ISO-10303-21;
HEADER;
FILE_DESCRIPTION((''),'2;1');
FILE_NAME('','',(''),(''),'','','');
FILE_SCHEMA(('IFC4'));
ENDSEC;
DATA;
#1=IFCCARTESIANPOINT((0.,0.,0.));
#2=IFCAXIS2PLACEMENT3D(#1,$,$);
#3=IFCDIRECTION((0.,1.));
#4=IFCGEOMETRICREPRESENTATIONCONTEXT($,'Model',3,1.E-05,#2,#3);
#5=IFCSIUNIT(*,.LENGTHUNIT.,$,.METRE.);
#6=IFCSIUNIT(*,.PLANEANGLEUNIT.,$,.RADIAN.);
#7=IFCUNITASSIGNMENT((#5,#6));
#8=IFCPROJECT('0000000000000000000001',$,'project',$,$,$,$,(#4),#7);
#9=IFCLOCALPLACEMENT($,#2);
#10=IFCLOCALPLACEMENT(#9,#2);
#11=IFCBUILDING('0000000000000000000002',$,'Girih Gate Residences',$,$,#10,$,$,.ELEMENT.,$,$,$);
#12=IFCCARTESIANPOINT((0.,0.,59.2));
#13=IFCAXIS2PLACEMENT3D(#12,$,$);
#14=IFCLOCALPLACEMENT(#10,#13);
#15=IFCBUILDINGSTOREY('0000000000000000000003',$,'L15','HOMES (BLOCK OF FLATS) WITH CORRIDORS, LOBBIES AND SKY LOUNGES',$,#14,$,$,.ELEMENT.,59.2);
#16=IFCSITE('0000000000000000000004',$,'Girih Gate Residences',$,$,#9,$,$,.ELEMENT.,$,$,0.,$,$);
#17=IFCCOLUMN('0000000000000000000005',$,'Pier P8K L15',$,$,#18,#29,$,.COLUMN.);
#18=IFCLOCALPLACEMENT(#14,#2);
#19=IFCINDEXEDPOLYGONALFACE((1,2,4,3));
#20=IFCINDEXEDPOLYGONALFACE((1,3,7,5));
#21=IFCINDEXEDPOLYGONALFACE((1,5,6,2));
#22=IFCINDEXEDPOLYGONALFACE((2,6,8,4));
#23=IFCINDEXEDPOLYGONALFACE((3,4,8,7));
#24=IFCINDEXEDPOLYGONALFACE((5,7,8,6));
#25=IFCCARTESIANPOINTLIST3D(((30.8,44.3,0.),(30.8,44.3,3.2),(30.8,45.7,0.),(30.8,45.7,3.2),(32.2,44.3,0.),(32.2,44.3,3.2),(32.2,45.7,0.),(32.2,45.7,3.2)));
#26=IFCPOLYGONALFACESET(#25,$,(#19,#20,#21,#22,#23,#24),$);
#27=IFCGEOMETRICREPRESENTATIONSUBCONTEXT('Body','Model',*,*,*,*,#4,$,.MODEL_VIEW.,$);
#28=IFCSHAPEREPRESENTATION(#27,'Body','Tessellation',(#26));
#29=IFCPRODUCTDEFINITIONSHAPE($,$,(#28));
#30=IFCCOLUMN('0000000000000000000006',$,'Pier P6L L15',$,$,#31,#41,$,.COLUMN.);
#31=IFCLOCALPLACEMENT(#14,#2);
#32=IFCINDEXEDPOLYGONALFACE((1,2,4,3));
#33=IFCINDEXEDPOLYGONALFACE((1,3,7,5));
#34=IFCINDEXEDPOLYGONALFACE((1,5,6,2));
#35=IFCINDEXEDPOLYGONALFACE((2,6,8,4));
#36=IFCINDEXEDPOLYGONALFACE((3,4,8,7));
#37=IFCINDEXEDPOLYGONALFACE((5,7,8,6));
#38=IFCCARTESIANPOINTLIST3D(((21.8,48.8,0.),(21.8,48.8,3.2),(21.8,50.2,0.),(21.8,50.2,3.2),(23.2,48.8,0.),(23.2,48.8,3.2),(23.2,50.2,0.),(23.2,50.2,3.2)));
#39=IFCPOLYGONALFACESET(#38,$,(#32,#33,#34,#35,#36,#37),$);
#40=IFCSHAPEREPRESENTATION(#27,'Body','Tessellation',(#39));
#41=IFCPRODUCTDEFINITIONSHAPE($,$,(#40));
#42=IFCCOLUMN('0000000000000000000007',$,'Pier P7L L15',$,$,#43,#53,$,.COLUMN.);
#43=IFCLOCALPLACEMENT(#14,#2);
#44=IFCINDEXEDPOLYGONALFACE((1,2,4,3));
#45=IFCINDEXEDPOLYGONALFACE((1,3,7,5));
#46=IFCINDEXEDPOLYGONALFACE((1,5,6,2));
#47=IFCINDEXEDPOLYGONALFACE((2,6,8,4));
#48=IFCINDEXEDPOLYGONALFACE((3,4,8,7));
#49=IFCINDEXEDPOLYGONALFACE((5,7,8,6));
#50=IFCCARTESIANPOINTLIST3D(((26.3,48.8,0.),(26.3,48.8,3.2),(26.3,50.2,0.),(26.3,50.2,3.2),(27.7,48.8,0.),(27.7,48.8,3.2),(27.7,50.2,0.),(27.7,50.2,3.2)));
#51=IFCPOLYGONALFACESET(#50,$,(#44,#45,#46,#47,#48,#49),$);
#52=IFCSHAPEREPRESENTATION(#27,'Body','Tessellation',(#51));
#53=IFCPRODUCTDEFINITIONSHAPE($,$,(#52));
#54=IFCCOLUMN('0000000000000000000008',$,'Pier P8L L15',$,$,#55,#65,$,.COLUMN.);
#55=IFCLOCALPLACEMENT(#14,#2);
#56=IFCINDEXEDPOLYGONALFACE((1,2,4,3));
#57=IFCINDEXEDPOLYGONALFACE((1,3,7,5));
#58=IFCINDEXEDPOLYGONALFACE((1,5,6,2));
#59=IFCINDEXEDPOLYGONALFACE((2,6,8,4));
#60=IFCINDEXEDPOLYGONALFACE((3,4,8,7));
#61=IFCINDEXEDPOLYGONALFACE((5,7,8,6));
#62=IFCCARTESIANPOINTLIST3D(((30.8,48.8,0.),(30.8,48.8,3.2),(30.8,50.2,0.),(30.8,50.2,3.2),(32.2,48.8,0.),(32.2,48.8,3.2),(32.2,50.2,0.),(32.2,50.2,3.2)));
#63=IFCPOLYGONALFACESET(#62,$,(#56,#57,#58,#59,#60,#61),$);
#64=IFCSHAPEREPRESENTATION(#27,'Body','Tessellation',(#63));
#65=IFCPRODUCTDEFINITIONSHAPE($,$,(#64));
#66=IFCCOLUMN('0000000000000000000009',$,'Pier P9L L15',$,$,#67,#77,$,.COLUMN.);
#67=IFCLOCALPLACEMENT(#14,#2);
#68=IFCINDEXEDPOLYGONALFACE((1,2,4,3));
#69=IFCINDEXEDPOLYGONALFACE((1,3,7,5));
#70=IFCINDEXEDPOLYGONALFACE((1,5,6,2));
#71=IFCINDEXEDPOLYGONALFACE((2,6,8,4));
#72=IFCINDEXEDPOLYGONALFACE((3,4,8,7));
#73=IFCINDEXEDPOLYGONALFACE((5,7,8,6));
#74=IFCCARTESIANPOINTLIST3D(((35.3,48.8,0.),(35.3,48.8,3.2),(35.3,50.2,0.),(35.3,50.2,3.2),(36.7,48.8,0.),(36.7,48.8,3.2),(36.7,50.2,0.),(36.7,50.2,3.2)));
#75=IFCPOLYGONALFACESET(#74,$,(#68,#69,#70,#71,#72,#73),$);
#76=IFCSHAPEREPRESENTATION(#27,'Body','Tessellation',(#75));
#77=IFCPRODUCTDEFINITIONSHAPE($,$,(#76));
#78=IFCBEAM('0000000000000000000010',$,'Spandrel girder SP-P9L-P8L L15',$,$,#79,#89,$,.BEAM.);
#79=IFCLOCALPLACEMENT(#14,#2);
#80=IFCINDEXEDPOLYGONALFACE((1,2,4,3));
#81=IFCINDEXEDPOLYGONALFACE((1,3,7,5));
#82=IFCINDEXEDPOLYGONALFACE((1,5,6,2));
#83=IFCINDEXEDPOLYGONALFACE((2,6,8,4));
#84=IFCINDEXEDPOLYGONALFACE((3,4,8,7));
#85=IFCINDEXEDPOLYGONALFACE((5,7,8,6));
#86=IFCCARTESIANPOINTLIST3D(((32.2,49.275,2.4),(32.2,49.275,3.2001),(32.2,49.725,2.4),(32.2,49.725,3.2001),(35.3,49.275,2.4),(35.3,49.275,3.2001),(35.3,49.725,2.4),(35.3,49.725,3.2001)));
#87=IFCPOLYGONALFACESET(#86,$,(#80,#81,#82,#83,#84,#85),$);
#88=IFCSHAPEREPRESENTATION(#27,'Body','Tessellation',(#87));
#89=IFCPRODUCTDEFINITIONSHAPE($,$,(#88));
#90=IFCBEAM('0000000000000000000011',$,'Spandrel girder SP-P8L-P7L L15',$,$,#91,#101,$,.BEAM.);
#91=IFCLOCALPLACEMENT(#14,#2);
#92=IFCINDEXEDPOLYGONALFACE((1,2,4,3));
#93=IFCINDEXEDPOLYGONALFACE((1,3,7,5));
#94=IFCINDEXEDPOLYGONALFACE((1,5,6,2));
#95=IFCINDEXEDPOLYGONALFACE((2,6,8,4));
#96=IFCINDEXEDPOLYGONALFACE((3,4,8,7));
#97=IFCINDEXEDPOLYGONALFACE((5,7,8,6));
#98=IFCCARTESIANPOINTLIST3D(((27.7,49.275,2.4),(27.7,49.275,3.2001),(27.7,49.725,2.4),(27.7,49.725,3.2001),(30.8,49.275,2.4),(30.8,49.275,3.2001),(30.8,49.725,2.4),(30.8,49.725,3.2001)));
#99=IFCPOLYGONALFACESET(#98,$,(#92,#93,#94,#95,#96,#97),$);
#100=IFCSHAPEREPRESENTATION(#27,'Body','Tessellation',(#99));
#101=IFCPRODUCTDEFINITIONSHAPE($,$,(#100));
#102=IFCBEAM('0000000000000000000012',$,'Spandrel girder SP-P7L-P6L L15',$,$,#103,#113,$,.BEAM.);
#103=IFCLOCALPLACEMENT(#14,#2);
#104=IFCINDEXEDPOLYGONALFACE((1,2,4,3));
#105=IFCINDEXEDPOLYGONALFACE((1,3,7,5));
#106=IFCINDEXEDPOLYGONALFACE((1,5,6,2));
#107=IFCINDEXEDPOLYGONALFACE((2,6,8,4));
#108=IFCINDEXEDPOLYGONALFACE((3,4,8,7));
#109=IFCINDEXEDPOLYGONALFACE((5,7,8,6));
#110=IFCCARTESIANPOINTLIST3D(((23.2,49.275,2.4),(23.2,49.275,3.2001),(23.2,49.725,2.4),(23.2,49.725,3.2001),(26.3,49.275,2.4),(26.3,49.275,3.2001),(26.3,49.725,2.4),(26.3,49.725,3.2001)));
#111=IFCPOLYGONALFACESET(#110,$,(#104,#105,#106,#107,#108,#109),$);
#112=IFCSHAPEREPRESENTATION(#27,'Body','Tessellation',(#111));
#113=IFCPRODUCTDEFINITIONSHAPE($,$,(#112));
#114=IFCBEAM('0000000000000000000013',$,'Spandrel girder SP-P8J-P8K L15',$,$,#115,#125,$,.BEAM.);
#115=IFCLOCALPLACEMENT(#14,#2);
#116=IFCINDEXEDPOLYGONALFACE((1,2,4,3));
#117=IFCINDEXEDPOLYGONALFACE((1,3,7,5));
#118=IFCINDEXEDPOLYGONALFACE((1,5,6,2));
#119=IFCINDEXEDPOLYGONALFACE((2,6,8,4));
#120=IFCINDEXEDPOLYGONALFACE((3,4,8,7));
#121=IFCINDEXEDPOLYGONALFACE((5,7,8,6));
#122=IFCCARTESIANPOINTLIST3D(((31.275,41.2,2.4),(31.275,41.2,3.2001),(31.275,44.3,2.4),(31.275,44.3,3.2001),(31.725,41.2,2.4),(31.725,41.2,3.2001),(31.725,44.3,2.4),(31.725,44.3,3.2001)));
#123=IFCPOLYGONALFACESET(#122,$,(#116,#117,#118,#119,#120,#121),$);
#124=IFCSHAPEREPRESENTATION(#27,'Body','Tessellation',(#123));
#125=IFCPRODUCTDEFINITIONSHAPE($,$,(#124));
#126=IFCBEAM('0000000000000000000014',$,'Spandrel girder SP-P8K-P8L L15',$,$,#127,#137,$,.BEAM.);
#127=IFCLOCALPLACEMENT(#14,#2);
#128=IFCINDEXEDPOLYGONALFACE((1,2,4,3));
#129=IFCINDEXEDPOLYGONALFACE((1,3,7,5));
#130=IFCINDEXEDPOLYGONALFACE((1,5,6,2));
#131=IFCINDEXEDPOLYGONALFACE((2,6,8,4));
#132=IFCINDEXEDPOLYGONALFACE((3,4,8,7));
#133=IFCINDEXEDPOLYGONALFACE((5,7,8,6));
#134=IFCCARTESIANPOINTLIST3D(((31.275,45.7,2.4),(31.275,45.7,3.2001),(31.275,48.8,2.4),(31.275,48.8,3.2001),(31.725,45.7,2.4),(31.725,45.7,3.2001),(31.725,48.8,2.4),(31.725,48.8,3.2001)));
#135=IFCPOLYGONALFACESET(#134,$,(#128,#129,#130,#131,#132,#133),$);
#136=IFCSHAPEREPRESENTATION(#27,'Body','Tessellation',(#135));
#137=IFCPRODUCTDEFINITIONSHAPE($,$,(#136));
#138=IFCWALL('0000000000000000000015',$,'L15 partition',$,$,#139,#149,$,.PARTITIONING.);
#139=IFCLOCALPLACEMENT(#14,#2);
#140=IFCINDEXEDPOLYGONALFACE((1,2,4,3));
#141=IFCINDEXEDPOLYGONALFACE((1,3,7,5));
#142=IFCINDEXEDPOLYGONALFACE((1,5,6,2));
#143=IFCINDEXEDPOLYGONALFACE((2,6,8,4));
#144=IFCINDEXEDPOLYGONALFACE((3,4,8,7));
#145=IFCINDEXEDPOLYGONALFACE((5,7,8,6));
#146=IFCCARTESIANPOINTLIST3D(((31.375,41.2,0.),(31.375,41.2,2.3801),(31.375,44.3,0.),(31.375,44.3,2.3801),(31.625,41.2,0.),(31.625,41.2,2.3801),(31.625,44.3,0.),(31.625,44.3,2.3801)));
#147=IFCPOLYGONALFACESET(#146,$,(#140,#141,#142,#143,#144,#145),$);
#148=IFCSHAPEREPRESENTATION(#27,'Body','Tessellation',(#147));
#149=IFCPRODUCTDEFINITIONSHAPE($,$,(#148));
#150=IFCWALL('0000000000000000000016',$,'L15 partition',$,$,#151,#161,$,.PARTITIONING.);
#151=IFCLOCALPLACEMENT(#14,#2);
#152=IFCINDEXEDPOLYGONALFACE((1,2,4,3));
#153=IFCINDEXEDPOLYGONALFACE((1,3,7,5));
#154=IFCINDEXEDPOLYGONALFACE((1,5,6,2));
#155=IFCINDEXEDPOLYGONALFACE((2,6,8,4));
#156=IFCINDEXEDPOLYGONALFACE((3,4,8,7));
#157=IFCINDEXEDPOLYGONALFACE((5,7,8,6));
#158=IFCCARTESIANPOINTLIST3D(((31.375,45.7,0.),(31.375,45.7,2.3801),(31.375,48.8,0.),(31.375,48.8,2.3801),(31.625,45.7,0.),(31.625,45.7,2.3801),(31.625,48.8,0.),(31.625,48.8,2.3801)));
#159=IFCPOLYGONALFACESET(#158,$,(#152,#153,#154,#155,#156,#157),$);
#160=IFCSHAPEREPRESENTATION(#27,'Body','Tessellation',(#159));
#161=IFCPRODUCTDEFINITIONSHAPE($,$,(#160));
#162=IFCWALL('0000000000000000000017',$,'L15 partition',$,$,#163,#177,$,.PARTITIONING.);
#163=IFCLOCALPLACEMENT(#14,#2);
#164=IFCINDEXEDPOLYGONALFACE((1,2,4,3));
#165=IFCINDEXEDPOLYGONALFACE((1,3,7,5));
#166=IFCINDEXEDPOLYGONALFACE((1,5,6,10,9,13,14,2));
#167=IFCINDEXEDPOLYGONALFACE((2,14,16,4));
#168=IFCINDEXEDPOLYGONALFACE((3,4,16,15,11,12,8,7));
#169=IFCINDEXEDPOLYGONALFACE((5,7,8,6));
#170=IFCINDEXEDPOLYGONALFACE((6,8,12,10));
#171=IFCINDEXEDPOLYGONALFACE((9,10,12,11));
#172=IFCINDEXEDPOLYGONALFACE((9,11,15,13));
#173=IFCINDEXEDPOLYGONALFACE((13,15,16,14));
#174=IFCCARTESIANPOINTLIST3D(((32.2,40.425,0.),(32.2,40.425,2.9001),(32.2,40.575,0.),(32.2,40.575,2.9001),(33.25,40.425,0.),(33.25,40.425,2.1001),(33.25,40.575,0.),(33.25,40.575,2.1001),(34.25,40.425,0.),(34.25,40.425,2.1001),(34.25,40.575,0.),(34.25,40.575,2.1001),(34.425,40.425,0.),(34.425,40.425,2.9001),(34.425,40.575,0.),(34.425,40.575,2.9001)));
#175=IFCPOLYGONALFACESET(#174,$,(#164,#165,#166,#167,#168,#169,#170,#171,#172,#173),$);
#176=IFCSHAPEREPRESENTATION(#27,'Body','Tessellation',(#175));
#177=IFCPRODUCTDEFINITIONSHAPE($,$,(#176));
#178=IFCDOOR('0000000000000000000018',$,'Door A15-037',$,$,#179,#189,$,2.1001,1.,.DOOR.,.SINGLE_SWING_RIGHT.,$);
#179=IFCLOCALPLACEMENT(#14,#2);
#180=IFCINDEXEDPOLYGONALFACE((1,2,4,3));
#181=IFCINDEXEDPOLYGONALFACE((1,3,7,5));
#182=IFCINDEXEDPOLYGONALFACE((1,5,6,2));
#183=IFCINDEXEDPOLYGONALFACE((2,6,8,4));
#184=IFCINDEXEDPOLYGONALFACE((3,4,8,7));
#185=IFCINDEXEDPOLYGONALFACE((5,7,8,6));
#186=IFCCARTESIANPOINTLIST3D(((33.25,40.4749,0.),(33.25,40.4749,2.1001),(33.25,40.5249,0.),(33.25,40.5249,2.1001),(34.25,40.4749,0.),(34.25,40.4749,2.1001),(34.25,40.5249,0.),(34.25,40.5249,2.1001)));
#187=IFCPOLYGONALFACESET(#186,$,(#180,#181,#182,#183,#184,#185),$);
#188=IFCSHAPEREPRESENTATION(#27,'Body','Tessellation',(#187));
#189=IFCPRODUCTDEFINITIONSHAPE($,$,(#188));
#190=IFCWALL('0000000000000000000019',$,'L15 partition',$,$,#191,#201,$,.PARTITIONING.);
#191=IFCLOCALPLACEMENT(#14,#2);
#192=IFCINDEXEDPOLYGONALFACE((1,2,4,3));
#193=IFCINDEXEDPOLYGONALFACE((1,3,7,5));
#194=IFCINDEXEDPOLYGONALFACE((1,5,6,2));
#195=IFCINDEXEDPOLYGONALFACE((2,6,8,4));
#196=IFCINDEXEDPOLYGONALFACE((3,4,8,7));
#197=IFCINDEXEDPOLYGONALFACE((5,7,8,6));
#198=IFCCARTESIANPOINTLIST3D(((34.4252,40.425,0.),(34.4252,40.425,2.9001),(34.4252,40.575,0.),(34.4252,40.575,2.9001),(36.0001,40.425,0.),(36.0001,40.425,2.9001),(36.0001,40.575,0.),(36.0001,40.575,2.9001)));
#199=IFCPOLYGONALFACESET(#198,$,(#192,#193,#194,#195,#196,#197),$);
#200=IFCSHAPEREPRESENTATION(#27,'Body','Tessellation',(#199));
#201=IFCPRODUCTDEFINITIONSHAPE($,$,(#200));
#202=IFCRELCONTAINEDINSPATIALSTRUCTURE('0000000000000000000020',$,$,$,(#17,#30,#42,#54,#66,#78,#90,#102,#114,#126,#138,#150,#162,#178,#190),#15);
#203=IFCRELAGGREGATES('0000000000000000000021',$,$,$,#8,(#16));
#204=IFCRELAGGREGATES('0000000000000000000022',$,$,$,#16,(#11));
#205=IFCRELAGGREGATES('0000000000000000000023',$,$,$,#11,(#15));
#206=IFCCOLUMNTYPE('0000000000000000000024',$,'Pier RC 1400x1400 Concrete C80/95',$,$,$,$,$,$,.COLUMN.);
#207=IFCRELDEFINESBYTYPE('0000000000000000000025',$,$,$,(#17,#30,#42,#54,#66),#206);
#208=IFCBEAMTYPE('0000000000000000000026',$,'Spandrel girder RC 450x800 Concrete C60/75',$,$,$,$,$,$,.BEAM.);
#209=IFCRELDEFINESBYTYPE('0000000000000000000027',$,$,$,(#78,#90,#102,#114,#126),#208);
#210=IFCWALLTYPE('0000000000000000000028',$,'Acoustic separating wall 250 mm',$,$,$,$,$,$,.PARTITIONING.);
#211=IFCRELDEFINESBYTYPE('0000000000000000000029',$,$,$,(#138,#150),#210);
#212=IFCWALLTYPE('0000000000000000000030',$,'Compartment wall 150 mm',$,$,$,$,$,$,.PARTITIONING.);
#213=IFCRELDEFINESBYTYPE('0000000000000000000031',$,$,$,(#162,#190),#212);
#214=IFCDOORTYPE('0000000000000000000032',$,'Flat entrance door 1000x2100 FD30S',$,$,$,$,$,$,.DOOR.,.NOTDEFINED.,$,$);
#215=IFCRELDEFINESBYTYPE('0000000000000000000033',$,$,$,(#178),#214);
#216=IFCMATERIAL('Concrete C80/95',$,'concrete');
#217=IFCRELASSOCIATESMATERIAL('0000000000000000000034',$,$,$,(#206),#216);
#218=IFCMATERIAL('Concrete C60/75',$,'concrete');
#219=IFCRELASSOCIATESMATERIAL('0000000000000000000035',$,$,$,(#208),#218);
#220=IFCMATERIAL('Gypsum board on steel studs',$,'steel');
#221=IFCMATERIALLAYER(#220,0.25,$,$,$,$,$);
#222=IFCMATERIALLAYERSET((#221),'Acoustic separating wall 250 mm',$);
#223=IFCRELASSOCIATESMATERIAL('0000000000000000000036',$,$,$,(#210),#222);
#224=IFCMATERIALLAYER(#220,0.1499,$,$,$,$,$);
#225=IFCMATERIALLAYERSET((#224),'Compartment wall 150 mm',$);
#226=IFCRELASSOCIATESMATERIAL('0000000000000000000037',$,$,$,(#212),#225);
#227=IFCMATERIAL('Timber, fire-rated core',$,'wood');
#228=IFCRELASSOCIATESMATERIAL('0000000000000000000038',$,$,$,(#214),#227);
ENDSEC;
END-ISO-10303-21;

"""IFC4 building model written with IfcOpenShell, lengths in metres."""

from ifc_helpers import new_model, si_unit, direction, frame, frame_2d, origin, origin_2d, place, context, subcontext, project, spatial, rectangle, extrude, material, layer, layer_set, material_profile, profile_set, type_object, element, fill, save


model = new_model("IFC4")

# Units and contexts
model_context = context("Model", 3, precision=1e-05, world=origin(), true_north=direction((0.0, 1.0)))
body_context = subcontext(model_context, "Body", "Model", "MODEL_VIEW")
ifc_project = project(units=[si_unit("LENGTHUNIT", "METRE"), si_unit("PLANEANGLEUNIT", "RADIAN")], contexts=[model_context])

# Site, building, storey
site_placement = place(None, origin())
site = spatial("IfcSite", under=ifc_project, at=site_placement, Name="Girih Gate Residences", CompositionType="ELEMENT", RefElevation=0.0)
building_placement = place(site_placement, origin())
building = spatial("IfcBuilding", under=site, at=building_placement, Name="Girih Gate Residences", CompositionType="ELEMENT")
storey_placement = place(building_placement, frame((0.0, 0.0, 59.2)))
storey = spatial("IfcBuildingStorey", under=building, at=storey_placement, Name="L15", Description="HOMES (BLOCK OF FLATS) WITH CORRIDORS, LOBBIES AND SKY LOUNGES", CompositionType="ELEMENT", Elevation=59.2)

# Columns
ifc_material_1 = material(Name="Concrete C80/95", Category="concrete")
ifc_material_profile_1 = material_profile(ifc_material_1, rectangle(XDim=1.3999, YDim=1.3999, at=origin_2d()))
ifc_profile_set_1 = profile_set([ifc_material_profile_1], Name="Concrete C80/95")
column_type = type_object("IfcColumnType", Name="Pier RC 1400x1400 Concrete C80/95", PredefinedType="COLUMN", material=ifc_profile_set_1)
for number, where, z_axis, x_axis, name in (
    (1, (31.5, 45.0, 0.0), (0.0, 0.0, 1.0), (1.0, 0.0, 0.0), "Pier P8K L15"),
    (2, (22.5, 49.5, 0.0), (0.0, 0.0, 1.0), (1.0, 0.0, 0.0), "Pier P6L L15"),
    (3, (27.0, 49.5, 0.0), (0.0, 0.0, 1.0), (1.0, 0.0, 0.0), "Pier P7L L15"),
    (4, (31.5, 49.5, 0.0), (0.0, 0.0, 1.0), (1.0, 0.0, 0.0), "Pier P8L L15"),
    (5, (36.0, 49.5, 0.0), (0.0, 0.0, 1.0), (1.0, 0.0, 0.0), "Pier P9L L15"),
):
    element("IfcColumn", number, at=place(storey_placement, frame(where, z_axis=z_axis, x_axis=x_axis)), inside=storey, type_object=column_type, Name=name, PredefinedType="COLUMN", context=body_context, shape_type="SweptSolid", body=[
        extrude(rectangle(XDim=1.3999, YDim=1.3999, at=origin_2d()), origin(), (0.0, 0.0, 1.0), 3.2),
    ])

# Beams
ifc_material_2 = material(Name="Concrete C60/75", Category="concrete")
ifc_material_profile_2 = material_profile(ifc_material_2, rectangle(XDim=0.45, YDim=0.8, at=origin_2d()))
ifc_profile_set_2 = profile_set([ifc_material_profile_2], Name="Concrete C60/75")
beam_type = type_object("IfcBeamType", Name="Spandrel girder RC 450x800 Concrete C60/75", PredefinedType="BEAM", material=ifc_profile_set_2)
for number, where, z_axis, x_axis, name in (
    (6, (35.3, 49.5, 2.8), (-1.0, 0.0, 0.0), (0.0, -1.0, 0.0), "Spandrel girder SP-P9L-P8L L15"),
    (7, (30.8, 49.5, 2.8), (-1.0, 0.0, 0.0), (0.0, -1.0, 0.0), "Spandrel girder SP-P8L-P7L L15"),
    (8, (26.3, 49.5, 2.8), (-1.0, 0.0, 0.0), (0.0, -1.0, 0.0), "Spandrel girder SP-P7L-P6L L15"),
    (9, (31.5, 41.2, 2.8), (0.0, 1.0, 0.0), (-1.0, 0.0, 0.0), "Spandrel girder SP-P8J-P8K L15"),
    (10, (31.5, 45.7, 2.8), (0.0, 1.0, 0.0), (-1.0, 0.0, 0.0), "Spandrel girder SP-P8K-P8L L15"),
):
    element("IfcBeam", number, at=place(storey_placement, frame(where, z_axis=z_axis, x_axis=x_axis)), inside=storey, type_object=beam_type, Name=name, PredefinedType="BEAM", context=body_context, shape_type="SweptSolid", body=[
        extrude(rectangle(XDim=0.45, YDim=0.8, at=origin_2d()), origin(), (0.0, 0.0, 1.0), 3.1001),
    ])

# Walls
ifc_material_3 = material(Name="Gypsum board on steel studs", Category="steel")
ifc_layer_1 = layer(ifc_material_3, 0.25)
ifc_layer_set_1 = layer_set([ifc_layer_1], Name="Acoustic separating wall 250 mm")
wall_type_1 = type_object("IfcWallType", Name="Acoustic separating wall 250 mm", PredefinedType="PARTITIONING", material=ifc_layer_set_1)
for number, where, z_axis, x_axis, name in (
    (11, (31.5, 41.2, 0.0), (0.0, 0.0, 1.0), (0.0, 1.0, 0.0), "L15 partition"),
    (12, (31.5, 45.7, 0.0), (0.0, 0.0, 1.0), (0.0, 1.0, 0.0), "L15 partition"),
):
    element("IfcWall", number, at=place(storey_placement, frame(where, z_axis=z_axis, x_axis=x_axis)), inside=storey, type_object=wall_type_1, Name=name, PredefinedType="PARTITIONING", context=body_context, shape_type="SweptSolid", body=[
        extrude(rectangle(XDim=3.1001, YDim=0.25, at=frame_2d((1.55, 0.0))), origin(), (0.0, 0.0, 1.0), 2.3801),
    ])

# Wall, opening, door
ifc_layer_2 = layer(ifc_material_3, 0.1499)
ifc_layer_set_2 = layer_set([ifc_layer_2], Name="Compartment wall 150 mm")
wall_type_2 = type_object("IfcWallType", Name="Compartment wall 150 mm", PredefinedType="PARTITIONING", material=ifc_layer_set_2)
wall_1_placement = place(storey_placement, frame((32.2, 40.5, 0.0), z_axis=(0.0, 0.0, 1.0), x_axis=(1.0, 0.0, 0.0)))
wall_1 = element("IfcWall", 13, at=wall_1_placement, inside=storey, type_object=wall_type_2, Name="L15 partition", PredefinedType="PARTITIONING", context=body_context, shape_type="SweptSolid", body=[
    extrude(rectangle(XDim=2.2251, YDim=0.1499, at=frame_2d((1.1125, 0.0))), origin(), (0.0, 0.0, 1.0), 2.9001),
])
opening_1_placement = place(wall_1_placement, frame((1.05, 0.0, 0.0)))
opening_1 = element("IfcOpeningElement", 14, at=opening_1_placement, cuts=wall_1, PredefinedType="OPENING", context=body_context, shape_type="SweptSolid", body=[
    extrude(rectangle(XDim=1.0, YDim=2.1001, at=frame_2d((0.5, 1.05))), frame((0.0, 0.085, 0.0), z_axis=(0.0, -1.0, 0.0), x_axis=(1.0, 0.0, 0.0)), (0.0, 0.0, 1.0), 0.1699),
])
ifc_material_4 = material(Name="Timber, fire-rated core", Category="wood")
door_type_1 = type_object("IfcDoorType", Name="Flat entrance door 1000x2100 FD30S", OperationType="NOTDEFINED", PredefinedType="DOOR", material=ifc_material_4)
door_1_placement = place(opening_1_placement, origin())
door_1 = element("IfcDoor", 15, at=door_1_placement, inside=storey, type_object=door_type_1, Name="Door A15-037", OperationType="SINGLE_SWING_RIGHT", OverallHeight=2.1001, OverallWidth=1.0, PredefinedType="DOOR", context=body_context, shape_type="SweptSolid", body=[
    extrude(rectangle(XDim=1.0, YDim=2.1001, at=frame_2d((0.5, 1.05))), frame((0.0, 0.0249, 0.0), z_axis=(0.0, -1.0, 0.0), x_axis=(1.0, 0.0, 0.0)), (0.0, 0.0, 1.0), 0.05),
])
fill(opening_1, door_1)

# Wall
wall_2_placement = place(storey_placement, frame((34.425, 40.5, 0.0), z_axis=(0.0, 0.0, 1.0), x_axis=(1.0, 0.0, 0.0)))
element("IfcWall", 16, at=wall_2_placement, inside=storey, type_object=wall_type_2, Name="L15 partition", PredefinedType="PARTITIONING", context=body_context, shape_type="SweptSolid", body=[
    extrude(rectangle(XDim=1.575, YDim=0.1499, at=frame_2d((0.7876, 0.0))), origin(), (0.0, 0.0, 1.0), 2.9001),
])

save(model, "model.ifc")
